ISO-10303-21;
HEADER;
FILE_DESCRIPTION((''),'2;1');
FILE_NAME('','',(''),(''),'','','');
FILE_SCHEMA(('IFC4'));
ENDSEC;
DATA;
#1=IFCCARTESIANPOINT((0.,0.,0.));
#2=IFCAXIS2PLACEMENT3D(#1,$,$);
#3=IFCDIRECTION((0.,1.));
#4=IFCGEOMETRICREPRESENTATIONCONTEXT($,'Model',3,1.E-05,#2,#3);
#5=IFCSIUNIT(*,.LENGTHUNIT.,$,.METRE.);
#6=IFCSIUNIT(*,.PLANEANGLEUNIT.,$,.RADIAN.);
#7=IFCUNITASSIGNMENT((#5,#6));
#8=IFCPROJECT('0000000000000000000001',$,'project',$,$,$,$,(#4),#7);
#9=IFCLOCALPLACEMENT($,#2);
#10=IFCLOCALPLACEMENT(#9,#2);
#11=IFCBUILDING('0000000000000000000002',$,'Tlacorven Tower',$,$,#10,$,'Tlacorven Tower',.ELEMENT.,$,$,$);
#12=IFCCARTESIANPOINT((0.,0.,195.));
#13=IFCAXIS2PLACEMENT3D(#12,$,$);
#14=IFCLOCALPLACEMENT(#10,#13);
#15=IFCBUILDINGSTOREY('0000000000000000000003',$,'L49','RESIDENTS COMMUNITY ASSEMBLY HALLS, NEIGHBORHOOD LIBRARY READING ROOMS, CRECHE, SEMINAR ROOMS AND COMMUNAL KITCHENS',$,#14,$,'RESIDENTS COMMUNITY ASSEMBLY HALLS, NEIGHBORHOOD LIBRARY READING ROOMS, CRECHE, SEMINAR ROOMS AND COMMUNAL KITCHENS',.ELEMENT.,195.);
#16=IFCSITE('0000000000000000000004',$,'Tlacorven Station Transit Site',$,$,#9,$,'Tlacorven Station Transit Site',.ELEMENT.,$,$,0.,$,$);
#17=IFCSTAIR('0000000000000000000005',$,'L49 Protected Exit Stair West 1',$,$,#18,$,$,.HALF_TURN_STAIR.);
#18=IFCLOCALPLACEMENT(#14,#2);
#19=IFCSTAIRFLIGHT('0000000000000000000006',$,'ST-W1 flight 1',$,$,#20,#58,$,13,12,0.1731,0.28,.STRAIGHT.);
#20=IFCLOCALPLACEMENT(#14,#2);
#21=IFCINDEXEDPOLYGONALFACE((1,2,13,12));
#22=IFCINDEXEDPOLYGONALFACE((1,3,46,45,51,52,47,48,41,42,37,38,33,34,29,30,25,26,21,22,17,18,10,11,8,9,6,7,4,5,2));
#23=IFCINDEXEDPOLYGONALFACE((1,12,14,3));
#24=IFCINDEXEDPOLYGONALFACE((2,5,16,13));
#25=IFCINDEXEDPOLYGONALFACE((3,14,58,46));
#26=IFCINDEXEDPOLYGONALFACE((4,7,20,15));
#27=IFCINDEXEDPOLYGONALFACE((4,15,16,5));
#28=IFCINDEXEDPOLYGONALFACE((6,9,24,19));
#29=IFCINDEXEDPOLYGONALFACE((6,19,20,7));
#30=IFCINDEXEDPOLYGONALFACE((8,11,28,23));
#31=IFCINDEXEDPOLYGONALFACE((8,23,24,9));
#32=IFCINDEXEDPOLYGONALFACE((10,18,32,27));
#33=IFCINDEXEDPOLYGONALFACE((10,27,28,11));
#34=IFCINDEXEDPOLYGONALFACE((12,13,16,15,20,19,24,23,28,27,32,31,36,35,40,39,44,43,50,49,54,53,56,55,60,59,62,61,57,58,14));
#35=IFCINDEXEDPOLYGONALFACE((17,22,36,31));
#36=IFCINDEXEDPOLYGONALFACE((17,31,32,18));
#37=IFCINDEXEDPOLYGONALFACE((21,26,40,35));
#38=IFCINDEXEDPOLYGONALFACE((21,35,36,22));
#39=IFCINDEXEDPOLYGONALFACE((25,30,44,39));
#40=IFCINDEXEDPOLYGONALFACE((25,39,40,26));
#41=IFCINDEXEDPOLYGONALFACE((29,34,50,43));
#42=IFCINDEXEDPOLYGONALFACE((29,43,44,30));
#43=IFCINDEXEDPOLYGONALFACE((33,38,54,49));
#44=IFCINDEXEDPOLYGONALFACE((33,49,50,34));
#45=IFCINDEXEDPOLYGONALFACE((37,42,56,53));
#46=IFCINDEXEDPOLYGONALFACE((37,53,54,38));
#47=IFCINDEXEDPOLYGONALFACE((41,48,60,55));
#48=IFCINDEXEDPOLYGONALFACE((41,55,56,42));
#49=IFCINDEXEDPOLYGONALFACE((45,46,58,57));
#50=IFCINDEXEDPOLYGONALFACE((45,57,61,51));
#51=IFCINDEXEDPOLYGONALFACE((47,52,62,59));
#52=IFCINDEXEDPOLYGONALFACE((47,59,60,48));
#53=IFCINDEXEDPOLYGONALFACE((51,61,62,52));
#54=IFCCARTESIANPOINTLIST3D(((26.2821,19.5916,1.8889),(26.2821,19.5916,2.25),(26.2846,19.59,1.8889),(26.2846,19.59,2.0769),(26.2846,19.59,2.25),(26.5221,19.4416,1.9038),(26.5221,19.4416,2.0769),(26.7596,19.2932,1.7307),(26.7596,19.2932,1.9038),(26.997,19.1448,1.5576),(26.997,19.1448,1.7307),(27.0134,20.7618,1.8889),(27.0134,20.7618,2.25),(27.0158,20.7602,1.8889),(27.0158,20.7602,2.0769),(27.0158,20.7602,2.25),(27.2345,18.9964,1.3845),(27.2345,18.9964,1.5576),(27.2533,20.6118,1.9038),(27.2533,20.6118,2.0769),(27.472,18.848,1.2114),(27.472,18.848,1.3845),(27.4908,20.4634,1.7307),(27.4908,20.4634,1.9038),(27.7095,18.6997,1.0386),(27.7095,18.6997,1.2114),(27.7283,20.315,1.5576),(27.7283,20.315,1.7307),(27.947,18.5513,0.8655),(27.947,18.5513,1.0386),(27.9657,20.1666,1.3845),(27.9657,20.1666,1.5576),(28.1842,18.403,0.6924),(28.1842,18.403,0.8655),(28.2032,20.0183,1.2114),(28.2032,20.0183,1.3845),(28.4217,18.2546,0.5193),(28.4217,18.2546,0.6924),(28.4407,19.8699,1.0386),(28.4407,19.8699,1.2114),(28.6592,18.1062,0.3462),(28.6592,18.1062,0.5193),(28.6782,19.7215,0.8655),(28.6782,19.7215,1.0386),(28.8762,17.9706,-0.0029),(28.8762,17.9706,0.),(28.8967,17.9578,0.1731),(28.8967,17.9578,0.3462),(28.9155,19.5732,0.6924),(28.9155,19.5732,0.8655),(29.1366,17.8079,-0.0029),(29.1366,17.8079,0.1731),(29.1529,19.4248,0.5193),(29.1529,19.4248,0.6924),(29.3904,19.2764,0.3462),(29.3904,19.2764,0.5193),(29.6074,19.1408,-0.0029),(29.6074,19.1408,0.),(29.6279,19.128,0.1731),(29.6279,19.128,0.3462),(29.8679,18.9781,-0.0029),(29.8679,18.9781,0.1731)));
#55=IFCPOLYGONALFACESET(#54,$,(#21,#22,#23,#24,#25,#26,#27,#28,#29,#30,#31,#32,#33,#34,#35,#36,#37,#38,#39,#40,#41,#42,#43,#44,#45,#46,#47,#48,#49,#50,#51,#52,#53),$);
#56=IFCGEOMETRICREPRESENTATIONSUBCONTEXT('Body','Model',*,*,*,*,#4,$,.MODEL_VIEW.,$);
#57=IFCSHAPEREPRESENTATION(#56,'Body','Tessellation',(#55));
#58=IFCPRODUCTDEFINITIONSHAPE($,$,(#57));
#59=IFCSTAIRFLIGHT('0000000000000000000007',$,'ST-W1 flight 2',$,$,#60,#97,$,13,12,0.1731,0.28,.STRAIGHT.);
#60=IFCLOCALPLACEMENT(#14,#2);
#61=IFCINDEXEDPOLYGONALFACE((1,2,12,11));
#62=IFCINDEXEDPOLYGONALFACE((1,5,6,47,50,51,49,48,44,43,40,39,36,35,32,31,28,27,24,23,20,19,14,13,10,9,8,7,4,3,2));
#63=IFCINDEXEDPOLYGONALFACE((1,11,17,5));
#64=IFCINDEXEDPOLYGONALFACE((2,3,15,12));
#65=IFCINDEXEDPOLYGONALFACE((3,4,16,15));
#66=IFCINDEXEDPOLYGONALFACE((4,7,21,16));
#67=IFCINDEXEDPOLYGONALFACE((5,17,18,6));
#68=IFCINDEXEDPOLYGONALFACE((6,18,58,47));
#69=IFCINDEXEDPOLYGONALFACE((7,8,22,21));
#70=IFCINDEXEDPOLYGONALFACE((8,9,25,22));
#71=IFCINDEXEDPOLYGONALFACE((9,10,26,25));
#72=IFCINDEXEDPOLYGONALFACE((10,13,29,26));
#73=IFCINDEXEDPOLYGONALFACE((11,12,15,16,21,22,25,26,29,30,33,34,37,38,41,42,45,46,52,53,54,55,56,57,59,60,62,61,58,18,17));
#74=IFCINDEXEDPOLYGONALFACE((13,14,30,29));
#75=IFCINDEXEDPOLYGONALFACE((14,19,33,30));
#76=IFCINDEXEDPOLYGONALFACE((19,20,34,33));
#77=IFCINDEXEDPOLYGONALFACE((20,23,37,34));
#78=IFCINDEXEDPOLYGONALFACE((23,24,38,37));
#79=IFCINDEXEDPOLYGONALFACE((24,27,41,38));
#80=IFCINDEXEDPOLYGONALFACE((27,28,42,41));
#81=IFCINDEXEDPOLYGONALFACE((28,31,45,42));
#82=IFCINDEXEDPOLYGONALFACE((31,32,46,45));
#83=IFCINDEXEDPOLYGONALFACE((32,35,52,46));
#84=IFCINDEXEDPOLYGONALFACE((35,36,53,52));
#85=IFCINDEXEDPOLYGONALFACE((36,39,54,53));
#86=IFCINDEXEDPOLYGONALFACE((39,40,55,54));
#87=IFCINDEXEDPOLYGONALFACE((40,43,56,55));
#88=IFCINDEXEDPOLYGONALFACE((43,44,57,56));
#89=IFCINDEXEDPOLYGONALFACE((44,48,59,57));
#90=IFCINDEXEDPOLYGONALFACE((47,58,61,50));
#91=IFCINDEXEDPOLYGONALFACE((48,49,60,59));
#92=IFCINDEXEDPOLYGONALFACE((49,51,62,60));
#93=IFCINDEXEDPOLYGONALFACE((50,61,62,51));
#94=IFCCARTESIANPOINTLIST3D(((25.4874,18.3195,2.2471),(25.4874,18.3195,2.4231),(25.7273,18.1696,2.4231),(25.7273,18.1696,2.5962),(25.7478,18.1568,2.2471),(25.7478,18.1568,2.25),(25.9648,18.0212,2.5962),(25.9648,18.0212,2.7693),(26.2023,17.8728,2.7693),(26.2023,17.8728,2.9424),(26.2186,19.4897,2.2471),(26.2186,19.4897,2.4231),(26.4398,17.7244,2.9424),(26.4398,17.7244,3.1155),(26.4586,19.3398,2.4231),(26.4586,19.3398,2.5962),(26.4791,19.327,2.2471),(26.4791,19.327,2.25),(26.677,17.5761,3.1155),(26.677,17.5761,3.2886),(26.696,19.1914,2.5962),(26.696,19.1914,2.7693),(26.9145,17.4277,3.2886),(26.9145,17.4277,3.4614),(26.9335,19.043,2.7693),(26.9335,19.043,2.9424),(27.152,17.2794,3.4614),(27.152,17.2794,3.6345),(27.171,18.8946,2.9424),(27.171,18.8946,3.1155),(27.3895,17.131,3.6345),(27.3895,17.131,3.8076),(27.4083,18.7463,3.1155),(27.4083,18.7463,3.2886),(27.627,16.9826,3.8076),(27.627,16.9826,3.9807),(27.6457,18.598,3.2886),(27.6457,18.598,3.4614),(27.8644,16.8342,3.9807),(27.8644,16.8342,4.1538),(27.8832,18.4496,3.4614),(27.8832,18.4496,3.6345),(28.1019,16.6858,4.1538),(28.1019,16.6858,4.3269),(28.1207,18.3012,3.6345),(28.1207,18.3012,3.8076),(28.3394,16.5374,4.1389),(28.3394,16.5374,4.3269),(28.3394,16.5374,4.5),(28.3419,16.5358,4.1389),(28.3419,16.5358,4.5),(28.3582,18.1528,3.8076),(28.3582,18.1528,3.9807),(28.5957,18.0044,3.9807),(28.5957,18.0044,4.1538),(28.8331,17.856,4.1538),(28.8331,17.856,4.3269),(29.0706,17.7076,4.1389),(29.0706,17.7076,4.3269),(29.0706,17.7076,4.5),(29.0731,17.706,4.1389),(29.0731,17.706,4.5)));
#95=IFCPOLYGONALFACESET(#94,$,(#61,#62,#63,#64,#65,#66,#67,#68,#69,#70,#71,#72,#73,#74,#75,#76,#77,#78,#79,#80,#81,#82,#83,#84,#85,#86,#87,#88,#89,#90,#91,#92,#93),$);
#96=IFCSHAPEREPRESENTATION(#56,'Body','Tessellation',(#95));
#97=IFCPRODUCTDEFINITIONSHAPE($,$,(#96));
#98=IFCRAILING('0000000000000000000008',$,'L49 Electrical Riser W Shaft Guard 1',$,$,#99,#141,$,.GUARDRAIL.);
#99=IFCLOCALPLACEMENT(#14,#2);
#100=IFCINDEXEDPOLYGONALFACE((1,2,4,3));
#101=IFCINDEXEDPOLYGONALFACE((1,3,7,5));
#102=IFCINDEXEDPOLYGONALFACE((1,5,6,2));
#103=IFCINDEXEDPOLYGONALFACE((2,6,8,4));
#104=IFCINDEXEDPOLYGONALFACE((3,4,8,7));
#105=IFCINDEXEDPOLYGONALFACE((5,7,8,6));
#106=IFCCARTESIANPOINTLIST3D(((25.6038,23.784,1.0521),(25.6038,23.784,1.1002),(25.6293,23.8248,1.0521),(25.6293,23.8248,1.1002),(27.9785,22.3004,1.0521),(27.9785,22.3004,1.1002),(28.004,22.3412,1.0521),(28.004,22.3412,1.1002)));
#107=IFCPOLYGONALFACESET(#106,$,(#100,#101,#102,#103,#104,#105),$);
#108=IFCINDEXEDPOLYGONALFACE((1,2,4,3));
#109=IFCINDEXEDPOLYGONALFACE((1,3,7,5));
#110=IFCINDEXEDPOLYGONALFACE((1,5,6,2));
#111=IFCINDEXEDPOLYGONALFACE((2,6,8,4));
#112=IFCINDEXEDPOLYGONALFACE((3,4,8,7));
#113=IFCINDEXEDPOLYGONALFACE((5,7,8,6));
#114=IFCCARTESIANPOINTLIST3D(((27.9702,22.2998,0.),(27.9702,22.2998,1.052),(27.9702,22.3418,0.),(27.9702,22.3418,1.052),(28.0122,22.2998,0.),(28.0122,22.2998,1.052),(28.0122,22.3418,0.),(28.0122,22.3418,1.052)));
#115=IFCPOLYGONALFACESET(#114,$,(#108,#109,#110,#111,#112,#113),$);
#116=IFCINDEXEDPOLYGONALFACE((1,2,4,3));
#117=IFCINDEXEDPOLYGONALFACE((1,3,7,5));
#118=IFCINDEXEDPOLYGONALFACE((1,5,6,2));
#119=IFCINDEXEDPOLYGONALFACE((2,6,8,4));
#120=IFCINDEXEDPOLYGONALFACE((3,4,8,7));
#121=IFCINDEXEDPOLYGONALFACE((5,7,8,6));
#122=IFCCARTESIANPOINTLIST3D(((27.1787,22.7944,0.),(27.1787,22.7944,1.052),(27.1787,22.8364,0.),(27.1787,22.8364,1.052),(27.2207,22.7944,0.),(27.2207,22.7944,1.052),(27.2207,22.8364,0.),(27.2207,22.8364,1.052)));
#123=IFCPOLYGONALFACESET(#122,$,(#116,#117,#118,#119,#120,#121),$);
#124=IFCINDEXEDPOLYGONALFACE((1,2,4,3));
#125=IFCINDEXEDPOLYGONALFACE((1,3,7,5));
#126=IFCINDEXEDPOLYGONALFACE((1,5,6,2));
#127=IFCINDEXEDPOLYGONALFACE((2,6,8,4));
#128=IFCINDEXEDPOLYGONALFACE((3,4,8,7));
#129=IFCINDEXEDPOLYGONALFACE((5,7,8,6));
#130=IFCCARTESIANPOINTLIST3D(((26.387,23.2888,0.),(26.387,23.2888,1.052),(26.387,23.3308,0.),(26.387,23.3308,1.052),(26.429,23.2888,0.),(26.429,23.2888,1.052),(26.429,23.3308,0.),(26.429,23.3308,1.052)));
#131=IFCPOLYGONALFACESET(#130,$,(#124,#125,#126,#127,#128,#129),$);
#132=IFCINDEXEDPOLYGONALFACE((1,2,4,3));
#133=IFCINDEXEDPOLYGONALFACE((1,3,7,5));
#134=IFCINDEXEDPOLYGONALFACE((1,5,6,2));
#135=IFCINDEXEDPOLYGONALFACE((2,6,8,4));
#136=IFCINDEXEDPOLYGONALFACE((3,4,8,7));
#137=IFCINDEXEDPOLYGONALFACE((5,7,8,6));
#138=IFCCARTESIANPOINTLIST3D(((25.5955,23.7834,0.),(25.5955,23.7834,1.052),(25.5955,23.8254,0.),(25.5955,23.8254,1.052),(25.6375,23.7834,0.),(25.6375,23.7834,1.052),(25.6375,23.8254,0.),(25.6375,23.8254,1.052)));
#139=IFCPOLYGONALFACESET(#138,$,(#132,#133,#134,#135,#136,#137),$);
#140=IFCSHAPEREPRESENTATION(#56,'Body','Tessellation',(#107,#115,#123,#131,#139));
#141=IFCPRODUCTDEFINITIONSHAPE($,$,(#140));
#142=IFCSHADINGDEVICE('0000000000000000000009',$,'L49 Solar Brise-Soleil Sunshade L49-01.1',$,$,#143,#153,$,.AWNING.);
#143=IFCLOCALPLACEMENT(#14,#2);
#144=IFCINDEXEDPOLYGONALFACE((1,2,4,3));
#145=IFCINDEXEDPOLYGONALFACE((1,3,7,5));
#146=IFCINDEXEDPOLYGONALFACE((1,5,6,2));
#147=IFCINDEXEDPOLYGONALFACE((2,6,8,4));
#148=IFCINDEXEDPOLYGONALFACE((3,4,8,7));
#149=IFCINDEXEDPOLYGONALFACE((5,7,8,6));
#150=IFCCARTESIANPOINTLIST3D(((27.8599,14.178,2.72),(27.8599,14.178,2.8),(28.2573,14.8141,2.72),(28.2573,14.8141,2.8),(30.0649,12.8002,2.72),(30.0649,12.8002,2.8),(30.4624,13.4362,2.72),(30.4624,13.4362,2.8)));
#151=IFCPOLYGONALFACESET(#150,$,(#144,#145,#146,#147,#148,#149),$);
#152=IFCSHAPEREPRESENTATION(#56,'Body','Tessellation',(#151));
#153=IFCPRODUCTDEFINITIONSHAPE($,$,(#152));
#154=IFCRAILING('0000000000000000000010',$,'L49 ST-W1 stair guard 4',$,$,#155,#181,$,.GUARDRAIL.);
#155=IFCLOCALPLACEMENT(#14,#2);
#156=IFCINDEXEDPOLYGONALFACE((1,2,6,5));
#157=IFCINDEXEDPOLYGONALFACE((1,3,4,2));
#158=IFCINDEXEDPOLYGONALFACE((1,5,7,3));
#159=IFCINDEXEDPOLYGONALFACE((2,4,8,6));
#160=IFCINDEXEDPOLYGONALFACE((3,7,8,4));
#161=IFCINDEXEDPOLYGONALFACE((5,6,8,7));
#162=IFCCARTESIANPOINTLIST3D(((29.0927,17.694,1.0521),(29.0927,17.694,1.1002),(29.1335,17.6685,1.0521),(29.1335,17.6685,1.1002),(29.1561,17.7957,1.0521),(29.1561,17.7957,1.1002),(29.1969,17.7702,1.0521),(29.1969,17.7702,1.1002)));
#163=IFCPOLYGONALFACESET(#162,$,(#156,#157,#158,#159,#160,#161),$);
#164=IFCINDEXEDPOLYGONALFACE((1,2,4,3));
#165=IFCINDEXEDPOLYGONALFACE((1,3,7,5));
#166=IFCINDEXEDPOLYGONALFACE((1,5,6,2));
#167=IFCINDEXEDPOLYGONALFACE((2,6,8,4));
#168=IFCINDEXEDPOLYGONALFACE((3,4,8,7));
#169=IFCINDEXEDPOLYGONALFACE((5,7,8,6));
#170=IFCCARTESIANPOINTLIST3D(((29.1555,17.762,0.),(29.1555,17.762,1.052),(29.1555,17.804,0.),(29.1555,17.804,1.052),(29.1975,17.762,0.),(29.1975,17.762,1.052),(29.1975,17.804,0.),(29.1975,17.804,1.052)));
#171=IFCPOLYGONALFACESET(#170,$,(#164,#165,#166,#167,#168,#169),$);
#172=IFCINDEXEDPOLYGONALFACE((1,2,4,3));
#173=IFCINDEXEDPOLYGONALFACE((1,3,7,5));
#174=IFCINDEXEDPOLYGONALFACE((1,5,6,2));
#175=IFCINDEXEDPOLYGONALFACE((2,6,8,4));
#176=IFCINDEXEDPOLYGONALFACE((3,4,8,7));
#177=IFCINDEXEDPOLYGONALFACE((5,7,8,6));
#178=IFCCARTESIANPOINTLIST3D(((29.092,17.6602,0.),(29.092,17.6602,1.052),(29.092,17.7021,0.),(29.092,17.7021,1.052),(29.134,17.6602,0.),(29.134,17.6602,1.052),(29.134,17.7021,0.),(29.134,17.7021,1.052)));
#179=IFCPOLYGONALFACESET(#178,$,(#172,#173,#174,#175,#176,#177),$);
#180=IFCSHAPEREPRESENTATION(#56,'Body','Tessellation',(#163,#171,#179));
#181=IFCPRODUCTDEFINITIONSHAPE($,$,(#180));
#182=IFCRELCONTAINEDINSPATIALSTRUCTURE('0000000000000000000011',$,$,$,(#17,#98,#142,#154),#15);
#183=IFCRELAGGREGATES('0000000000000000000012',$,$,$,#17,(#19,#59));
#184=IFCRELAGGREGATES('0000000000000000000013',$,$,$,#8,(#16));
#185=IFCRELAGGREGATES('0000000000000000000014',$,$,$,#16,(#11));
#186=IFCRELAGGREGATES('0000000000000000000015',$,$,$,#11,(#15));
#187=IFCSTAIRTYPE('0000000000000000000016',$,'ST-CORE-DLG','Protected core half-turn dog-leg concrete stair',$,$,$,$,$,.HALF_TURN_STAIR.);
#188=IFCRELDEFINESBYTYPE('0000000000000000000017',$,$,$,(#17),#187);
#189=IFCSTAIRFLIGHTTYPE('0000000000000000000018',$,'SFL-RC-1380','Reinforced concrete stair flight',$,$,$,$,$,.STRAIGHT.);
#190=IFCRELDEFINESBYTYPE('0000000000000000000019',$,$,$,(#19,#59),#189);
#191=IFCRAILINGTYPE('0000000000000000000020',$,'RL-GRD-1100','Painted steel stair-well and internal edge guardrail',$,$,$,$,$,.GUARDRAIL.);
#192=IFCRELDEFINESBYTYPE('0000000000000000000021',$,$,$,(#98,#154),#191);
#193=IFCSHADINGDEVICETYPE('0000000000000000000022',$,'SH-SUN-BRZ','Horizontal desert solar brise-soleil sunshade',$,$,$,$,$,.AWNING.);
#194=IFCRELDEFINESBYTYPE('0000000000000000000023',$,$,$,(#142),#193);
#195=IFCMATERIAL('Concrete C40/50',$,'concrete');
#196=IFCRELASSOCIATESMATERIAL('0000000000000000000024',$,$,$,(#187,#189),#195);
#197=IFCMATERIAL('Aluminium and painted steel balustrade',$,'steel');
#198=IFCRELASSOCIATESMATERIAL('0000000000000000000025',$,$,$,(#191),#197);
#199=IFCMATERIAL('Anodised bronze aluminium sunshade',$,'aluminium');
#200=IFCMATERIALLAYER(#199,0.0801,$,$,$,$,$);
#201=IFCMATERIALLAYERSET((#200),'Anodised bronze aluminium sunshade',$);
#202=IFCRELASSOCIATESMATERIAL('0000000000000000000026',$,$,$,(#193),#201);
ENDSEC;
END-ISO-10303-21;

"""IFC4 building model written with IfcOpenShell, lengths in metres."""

from ifc_helpers import new_model, si_unit, direction, frame, origin, origin_2d, place, context, subcontext, project, spatial, polyline, rectangle, outline, extrude, source, transform, mapped, material, layer, layer_set, type_object, element, aggregate, save


model = new_model("IFC4")

# Units and contexts
model_context = context("Model", 3, precision=1e-05, world=origin(), true_north=direction((0.0, 1.0)))
body_context = subcontext(model_context, "Body", "Model", "MODEL_VIEW")
ifc_project = project(units=[si_unit("LENGTHUNIT", "METRE"), si_unit("PLANEANGLEUNIT", "RADIAN")], contexts=[model_context])

# Site, building, storey
site_placement = place(None, origin())
site = spatial("IfcSite", under=ifc_project, at=site_placement, Name="Tlacorven Station Transit Site", LongName="Tlacorven Station Transit Site", CompositionType="ELEMENT", RefElevation=0.0)
building_placement = place(site_placement, origin())
building = spatial("IfcBuilding", under=site, at=building_placement, Name="Tlacorven Tower", LongName="Tlacorven Tower", CompositionType="ELEMENT")
storey_placement = place(building_placement, frame((0.0, 0.0, 195.0)))
storey = spatial("IfcBuildingStorey", under=building, at=storey_placement, Name="L49", Description="RESIDENTS COMMUNITY ASSEMBLY HALLS, NEIGHBORHOOD LIBRARY READING ROOMS, CRECHE, SEMINAR ROOMS AND COMMUNAL KITCHENS", LongName="RESIDENTS COMMUNITY ASSEMBLY HALLS, NEIGHBORHOOD LIBRARY READING ROOMS, CRECHE, SEMINAR ROOMS AND COMMUNAL KITCHENS", CompositionType="ELEMENT", Elevation=195.0)

# Shared definitions
ifc_material_1 = material(Name="Concrete C40/50", Category="concrete")

# Stair, stair flights
stair_type = type_object("IfcStairType", Name="ST-CORE-DLG", Description="Protected core half-turn dog-leg concrete stair", PredefinedType="HALF_TURN_STAIR", material=ifc_material_1)
stair_placement = place(storey_placement, origin())
stair = element("IfcStair", 1, at=stair_placement, inside=storey, type_object=stair_type, Name="L49 Protected Exit Stair West 1", PredefinedType="HALF_TURN_STAIR")
stair_flight_type = type_object("IfcStairFlightType", Name="SFL-RC-1380", Description="Reinforced concrete stair flight", PredefinedType="STRAIGHT", material=ifc_material_1)
shared_shape_1 = source(origin(), body_context, "Body", "SweptSolid", [
    extrude(outline(polyline([(-0.0029, -0.0029), (-0.0029, 0.1731), (0.28, 0.1731), (0.28, 0.3462), (0.5601, 0.3462), (0.5601, 0.5193), (0.8401, 0.5193), (0.8401, 0.6924), (1.1201, 0.6924), (1.1201, 0.8655), (1.3999, 0.8655), (1.3999, 1.0386), (1.6799, 1.0386), (1.6799, 1.2114), (1.96, 1.2114), (1.96, 1.3845), (2.24, 1.3845), (2.24, 1.5576), (2.52, 1.5576), (2.52, 1.7307), (2.8, 1.7307), (2.8, 1.9038), (3.0801, 1.9038), (3.0801, 2.0769), (3.3601, 2.0769), (3.3601, 2.25), (3.363, 2.25), (3.363, 1.8889), (3.3601, 1.8889), (0.3042, 0.0), (0.3042, -0.0029), (-0.0029, -0.0029)])), frame((0.0, 0.6899, 0.0), z_axis=(0.0, -1.0, 0.0), x_axis=(1.0, 0.0, 0.0)), (0.0, 0.0, 1.0), 1.3799),
])
stair_flight_1_placement = place(storey_placement, frame((29.4998, 18.3945, 0.0), z_axis=(0.0, 0.0, 1.0), x_axis=(-0.848048, 0.529919, 0.0)))
stair_flight_1 = element("IfcStairFlight", 2, at=stair_flight_1_placement, type_object=stair_flight_type, Name="ST-W1 flight 1", NumberOfRisers=13, NumberOfTreads=12, PredefinedType="STRAIGHT", RiserHeight=0.1731, TreadLength=0.28, context=body_context, shape_type="MappedRepresentation", body=[
    mapped(shared_shape_1, transform((0.0, 0.0, 0.0), scale=1.0)),
])
stair_flight_2_placement = place(storey_placement, frame((25.8555, 18.9031, 2.25), z_axis=(0.0, 0.0, 1.0), x_axis=(0.848048, -0.529919, 0.0)))
stair_flight_2 = element("IfcStairFlight", 3, at=stair_flight_2_placement, type_object=stair_flight_type, Name="ST-W1 flight 2", NumberOfRisers=13, NumberOfTreads=12, PredefinedType="STRAIGHT", RiserHeight=0.1731, TreadLength=0.28, context=body_context, shape_type="MappedRepresentation", body=[
    mapped(shared_shape_1, transform((0.0, 0.0, 0.0), scale=1.0)),
])
aggregate(stair, [stair_flight_1, stair_flight_2])

# Railing
ifc_material_2 = material(Name="Aluminium and painted steel balustrade", Category="steel")
railing_type_1 = type_object("IfcRailingType", Name="RL-GRD-1100", Description="Painted steel stair-well and internal edge guardrail", PredefinedType="GUARDRAIL", material=ifc_material_2)
shared_shape_2 = source(origin(), body_context, "Body", "SweptSolid", [
    extrude(rectangle(XDim=0.0481, YDim=0.0481, at=origin_2d()), frame((0.0, 0.0, 1.0762), z_axis=(-0.848091, 0.52985, 0.0), x_axis=(-0.52985, -0.848091, 0.0)), (0.0, 0.0, 1.0), 2.8),
    extrude(rectangle(XDim=0.042, YDim=0.042, at=origin_2d()), origin(), (0.0, 0.0, 1.0), 1.052),
    extrude(rectangle(XDim=0.042, YDim=0.042, at=origin_2d()), frame((-0.7915, 0.4946, 0.0)), (0.0, 0.0, 1.0), 1.052),
    extrude(rectangle(XDim=0.042, YDim=0.042, at=origin_2d()), frame((-1.5833, 0.989, 0.0)), (0.0, 0.0, 1.0), 1.052),
    extrude(rectangle(XDim=0.042, YDim=0.042, at=origin_2d()), frame((-2.3748, 1.4836, 0.0)), (0.0, 0.0, 1.0), 1.052),
])
railing_1_placement = place(storey_placement, frame((27.9912, 22.3208, 0.0)))
element("IfcRailing", 4, at=railing_1_placement, inside=storey, type_object=railing_type_1, Name="L49 Electrical Riser W Shaft Guard 1", PredefinedType="GUARDRAIL", context=body_context, shape_type="MappedRepresentation", body=[
    mapped(shared_shape_2, transform((0.0, 0.0, 0.0), scale=1.0)),
])

# Shading device
ifc_material_3 = material(Name="Anodised bronze aluminium sunshade", Category="aluminium")
ifc_layer_1 = layer(ifc_material_3, 0.0801)
ifc_layer_set_1 = layer_set([ifc_layer_1], Name="Anodised bronze aluminium sunshade")
shading_device_type = type_object("IfcShadingDeviceType", Name="SH-SUN-BRZ", Description="Horizontal desert solar brise-soleil sunshade", PredefinedType="AWNING", material=ifc_layer_set_1)
shared_shape_3 = source(origin(), body_context, "Body", "SweptSolid", [
    extrude(rectangle(XDim=2.6001, YDim=0.75, at=origin_2d()), origin(), (0.0, 0.0, 1.0), 0.0801),
])
shading_device_placement = place(storey_placement, frame((29.1611, 13.8071, 2.72), z_axis=(0.0, 0.0, 1.0), x_axis=(-0.848048, 0.529919, 0.0)))
element("IfcShadingDevice", 5, at=shading_device_placement, inside=storey, type_object=shading_device_type, Name="L49 Solar Brise-Soleil Sunshade L49-01.1", PredefinedType="AWNING", context=body_context, shape_type="MappedRepresentation", body=[
    mapped(shared_shape_3, transform((0.0, 0.0, 0.0), scale=1.0)),
])

# Railing
shared_shape_4 = source(origin(), body_context, "Body", "SweptSolid", [
    extrude(rectangle(XDim=0.0481, YDim=0.0481, at=origin_2d()), frame((0.0, 0.0, 1.0762), z_axis=(-0.529084, -0.848569, 0.0), x_axis=(0.848569, -0.529084, 0.0)), (0.0, 0.0, 1.0), 0.1199),
    extrude(rectangle(XDim=0.042, YDim=0.042, at=origin_2d()), origin(), (0.0, 0.0, 1.0), 1.052),
    extrude(rectangle(XDim=0.042, YDim=0.042, at=origin_2d()), frame((-0.0635, -0.1018, 0.0)), (0.0, 0.0, 1.0), 1.052),
])
railing_2_placement = place(storey_placement, frame((29.1765, 17.783, 0.0)))
element("IfcRailing", 6, at=railing_2_placement, inside=storey, type_object=railing_type_1, Name="L49 ST-W1 stair guard 4", PredefinedType="GUARDRAIL", context=body_context, shape_type="MappedRepresentation", body=[
    mapped(shared_shape_4, transform((0.0, 0.0, 0.0), scale=1.0)),
])

save(model, "model.ifc")
